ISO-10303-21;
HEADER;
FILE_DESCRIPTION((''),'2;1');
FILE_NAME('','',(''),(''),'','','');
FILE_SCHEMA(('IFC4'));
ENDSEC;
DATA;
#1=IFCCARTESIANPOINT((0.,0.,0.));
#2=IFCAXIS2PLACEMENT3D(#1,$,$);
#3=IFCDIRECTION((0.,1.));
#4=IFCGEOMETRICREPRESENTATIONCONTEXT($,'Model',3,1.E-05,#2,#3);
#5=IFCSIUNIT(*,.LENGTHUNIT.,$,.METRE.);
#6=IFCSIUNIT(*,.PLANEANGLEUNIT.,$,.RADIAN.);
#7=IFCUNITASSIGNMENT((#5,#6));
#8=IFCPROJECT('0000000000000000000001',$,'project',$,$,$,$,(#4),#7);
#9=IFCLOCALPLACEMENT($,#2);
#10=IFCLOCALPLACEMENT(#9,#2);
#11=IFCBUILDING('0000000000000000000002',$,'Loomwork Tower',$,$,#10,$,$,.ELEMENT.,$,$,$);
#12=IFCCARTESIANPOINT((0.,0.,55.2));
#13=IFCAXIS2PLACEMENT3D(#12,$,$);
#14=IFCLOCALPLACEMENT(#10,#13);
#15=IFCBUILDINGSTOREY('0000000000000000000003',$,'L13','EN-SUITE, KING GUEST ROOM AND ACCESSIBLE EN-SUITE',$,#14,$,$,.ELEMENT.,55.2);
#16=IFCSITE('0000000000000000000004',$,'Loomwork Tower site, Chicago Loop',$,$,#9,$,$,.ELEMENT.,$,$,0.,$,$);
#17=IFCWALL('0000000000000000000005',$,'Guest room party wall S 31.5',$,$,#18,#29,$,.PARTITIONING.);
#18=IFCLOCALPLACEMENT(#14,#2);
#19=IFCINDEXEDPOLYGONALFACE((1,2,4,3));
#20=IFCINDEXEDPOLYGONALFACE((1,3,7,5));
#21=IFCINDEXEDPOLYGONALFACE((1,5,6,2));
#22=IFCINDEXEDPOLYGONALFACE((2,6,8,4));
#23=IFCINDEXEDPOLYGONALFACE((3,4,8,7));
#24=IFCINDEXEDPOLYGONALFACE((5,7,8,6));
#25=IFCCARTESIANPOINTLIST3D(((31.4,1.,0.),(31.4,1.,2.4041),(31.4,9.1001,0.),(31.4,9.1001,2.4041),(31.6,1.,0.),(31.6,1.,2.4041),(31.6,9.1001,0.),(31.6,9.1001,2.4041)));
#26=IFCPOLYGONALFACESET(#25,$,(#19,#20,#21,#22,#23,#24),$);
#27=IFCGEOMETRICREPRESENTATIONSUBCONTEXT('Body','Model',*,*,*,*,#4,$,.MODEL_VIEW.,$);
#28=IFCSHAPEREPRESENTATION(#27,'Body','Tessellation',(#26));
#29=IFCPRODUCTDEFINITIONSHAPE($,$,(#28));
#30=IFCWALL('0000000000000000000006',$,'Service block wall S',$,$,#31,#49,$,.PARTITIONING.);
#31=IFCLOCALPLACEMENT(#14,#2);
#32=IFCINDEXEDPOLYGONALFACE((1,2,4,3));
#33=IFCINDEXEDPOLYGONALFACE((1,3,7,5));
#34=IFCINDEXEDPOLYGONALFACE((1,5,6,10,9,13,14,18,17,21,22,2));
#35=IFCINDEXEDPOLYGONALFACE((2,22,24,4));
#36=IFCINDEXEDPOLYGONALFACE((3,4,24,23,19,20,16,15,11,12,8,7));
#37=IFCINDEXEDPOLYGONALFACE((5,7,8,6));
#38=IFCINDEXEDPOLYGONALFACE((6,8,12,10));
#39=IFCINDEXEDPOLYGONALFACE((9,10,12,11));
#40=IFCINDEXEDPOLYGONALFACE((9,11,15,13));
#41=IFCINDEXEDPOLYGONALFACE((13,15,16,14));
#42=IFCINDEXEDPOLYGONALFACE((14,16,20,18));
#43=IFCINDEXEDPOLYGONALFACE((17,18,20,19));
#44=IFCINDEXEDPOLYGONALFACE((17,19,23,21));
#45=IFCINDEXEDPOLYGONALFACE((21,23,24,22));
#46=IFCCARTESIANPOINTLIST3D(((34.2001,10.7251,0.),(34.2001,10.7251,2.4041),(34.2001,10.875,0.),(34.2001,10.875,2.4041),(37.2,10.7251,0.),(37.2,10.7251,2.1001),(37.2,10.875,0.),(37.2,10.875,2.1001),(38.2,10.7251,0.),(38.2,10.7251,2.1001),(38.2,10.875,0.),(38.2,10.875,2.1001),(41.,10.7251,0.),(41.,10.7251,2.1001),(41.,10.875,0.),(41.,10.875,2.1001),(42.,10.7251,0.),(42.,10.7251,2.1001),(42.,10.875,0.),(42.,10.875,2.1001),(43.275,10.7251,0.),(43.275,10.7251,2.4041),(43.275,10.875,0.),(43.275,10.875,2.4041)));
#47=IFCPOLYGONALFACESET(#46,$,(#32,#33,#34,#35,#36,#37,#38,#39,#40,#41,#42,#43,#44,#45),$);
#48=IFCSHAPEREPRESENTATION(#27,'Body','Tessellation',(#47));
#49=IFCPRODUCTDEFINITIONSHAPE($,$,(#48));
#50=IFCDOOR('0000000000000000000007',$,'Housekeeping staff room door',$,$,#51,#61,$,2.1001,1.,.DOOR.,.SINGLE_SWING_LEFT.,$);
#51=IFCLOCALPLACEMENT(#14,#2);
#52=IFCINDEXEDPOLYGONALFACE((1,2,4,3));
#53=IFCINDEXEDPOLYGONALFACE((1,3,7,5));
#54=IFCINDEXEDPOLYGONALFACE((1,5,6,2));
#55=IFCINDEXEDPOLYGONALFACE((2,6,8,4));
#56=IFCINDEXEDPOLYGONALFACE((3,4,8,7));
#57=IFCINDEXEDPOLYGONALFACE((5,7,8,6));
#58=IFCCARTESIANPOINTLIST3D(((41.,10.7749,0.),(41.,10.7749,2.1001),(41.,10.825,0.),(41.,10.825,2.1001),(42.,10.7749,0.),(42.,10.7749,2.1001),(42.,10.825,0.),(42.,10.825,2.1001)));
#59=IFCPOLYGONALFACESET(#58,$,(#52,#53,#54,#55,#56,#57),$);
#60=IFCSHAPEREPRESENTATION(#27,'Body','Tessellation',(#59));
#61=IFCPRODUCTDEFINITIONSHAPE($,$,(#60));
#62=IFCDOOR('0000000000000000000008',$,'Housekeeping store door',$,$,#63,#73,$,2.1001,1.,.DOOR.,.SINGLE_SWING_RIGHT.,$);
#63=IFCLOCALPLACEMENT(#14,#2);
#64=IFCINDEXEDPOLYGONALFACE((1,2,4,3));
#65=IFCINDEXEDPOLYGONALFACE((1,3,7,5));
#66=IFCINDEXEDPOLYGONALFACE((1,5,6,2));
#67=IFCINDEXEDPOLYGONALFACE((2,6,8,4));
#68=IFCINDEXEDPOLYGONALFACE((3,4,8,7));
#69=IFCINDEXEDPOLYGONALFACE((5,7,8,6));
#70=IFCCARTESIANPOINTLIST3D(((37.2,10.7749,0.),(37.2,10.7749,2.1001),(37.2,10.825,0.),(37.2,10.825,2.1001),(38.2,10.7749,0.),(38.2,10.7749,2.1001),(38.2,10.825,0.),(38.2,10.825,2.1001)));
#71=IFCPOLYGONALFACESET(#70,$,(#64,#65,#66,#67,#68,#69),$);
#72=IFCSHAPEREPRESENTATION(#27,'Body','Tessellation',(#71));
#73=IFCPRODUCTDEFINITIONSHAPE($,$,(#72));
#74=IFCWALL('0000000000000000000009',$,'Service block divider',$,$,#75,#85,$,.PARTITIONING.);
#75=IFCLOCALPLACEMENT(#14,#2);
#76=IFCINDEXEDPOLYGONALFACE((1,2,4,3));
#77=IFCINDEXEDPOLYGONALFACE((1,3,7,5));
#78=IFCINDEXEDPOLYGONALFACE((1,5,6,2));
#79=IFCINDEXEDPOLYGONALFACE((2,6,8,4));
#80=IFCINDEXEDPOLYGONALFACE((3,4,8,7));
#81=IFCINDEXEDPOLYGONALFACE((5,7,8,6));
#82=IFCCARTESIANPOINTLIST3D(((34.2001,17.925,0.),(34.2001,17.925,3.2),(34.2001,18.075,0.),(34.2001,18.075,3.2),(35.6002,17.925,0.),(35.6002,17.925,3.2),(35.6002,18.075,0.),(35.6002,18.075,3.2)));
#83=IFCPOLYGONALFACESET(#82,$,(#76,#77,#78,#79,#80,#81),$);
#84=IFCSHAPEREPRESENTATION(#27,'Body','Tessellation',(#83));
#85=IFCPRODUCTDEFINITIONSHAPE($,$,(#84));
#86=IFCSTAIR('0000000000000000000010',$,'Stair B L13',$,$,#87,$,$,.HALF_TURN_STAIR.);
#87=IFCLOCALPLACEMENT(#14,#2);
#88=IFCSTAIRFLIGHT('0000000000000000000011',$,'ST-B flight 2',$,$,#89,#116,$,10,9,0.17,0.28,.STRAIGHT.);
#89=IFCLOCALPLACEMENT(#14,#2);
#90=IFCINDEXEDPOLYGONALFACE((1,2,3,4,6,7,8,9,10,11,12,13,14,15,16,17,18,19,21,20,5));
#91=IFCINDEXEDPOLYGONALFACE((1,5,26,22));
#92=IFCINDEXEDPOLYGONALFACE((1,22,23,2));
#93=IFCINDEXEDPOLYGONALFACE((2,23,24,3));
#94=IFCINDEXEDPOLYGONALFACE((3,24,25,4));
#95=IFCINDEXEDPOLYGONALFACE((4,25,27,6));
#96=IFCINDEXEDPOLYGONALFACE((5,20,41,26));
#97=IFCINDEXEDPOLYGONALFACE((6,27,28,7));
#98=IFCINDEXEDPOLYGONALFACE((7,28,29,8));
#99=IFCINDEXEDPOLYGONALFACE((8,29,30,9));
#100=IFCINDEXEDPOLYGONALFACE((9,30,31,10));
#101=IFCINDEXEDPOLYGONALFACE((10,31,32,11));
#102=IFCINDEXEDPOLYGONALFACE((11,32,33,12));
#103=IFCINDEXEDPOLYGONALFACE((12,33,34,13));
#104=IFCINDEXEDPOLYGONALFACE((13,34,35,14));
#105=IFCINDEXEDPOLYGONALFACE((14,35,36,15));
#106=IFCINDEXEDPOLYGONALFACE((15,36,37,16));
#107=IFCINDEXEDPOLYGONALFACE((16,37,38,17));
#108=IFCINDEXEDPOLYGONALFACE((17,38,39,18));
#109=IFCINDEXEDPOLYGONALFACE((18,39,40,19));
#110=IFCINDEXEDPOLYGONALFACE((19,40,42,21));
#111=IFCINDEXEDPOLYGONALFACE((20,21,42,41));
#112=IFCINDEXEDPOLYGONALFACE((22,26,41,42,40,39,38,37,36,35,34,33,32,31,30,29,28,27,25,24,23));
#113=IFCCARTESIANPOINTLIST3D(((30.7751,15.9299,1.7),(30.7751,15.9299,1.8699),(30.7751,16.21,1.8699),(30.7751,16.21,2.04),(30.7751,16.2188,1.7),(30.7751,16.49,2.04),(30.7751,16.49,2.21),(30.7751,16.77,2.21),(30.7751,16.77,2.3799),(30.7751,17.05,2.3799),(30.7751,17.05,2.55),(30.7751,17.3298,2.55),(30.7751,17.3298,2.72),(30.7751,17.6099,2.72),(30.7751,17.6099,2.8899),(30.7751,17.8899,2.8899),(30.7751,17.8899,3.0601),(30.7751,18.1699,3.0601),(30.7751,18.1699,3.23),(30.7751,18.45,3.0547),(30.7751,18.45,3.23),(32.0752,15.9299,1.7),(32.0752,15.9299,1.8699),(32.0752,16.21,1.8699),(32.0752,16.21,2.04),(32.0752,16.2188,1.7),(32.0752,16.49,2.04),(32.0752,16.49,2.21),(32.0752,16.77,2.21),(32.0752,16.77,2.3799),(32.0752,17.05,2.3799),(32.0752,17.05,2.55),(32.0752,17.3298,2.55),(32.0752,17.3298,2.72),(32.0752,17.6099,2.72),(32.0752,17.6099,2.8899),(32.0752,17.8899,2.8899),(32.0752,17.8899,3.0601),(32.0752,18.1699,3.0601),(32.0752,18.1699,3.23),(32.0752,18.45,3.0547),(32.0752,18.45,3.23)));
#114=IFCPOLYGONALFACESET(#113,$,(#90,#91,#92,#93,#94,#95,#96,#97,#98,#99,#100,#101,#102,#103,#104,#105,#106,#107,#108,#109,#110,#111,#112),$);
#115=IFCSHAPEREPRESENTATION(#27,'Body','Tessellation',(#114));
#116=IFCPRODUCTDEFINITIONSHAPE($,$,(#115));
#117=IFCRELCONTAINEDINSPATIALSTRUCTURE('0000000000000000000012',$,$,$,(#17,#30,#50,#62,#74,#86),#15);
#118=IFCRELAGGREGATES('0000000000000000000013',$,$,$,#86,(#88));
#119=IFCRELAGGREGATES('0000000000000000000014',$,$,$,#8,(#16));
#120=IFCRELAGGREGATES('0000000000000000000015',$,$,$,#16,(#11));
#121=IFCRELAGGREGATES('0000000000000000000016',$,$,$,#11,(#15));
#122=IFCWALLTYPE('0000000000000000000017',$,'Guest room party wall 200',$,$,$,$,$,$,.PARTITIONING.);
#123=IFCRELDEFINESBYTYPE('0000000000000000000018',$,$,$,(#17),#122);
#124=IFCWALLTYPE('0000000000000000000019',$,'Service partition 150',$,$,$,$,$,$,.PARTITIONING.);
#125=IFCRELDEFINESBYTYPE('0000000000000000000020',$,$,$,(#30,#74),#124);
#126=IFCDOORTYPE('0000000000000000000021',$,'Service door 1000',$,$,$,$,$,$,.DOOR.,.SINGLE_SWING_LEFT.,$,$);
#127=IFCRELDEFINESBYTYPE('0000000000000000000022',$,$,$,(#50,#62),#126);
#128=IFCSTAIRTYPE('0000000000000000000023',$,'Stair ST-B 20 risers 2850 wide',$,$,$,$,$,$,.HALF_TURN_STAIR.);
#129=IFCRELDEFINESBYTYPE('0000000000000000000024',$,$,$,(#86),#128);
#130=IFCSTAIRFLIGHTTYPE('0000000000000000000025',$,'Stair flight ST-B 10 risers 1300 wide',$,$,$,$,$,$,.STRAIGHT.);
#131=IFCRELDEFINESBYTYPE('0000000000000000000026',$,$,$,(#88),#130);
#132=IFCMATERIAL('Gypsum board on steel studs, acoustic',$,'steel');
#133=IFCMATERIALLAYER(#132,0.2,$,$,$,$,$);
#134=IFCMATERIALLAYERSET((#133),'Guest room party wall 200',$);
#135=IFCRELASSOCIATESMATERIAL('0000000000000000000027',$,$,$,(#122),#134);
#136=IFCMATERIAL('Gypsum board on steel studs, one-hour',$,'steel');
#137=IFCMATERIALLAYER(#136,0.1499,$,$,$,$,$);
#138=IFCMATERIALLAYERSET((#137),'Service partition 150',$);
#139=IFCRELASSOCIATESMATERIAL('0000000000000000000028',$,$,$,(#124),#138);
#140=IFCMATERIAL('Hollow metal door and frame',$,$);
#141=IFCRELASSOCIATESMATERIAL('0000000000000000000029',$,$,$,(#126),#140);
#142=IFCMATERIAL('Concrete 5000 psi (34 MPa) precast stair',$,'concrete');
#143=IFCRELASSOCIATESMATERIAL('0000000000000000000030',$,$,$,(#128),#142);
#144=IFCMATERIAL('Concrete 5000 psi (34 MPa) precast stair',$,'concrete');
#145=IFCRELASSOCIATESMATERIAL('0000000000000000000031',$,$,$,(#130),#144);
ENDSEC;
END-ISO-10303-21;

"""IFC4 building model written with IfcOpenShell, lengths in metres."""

from ifc_helpers import new_model, si_unit, direction, frame, frame_2d, origin, place, context, subcontext, project, spatial, polyline, rectangle, outline, extrude, material, layer, layer_set, type_object, element, fill, aggregate, save


model = new_model("IFC4")

# Units and contexts
model_context = context("Model", 3, precision=1e-05, world=origin(), true_north=direction((0.0, 1.0)))
body_context = subcontext(model_context, "Body", "Model", "MODEL_VIEW")
ifc_project = project(units=[si_unit("LENGTHUNIT", "METRE"), si_unit("PLANEANGLEUNIT", "RADIAN")], contexts=[model_context])

# Site, building, storey
site_placement = place(None, origin())
site = spatial("IfcSite", under=ifc_project, at=site_placement, Name="Loomwork Tower site, Chicago Loop", CompositionType="ELEMENT", RefElevation=0.0)
building_placement = place(site_placement, origin())
building = spatial("IfcBuilding", under=site, at=building_placement, Name="Loomwork Tower", CompositionType="ELEMENT")
storey_placement = place(building_placement, frame((0.0, 0.0, 55.2)))
storey = spatial("IfcBuildingStorey", under=building, at=storey_placement, Name="L13", Description="EN-SUITE, KING GUEST ROOM AND ACCESSIBLE EN-SUITE", CompositionType="ELEMENT", Elevation=55.2)

# Wall
ifc_material_1 = material(Name="Gypsum board on steel studs, acoustic", Category="steel")
ifc_layer_1 = layer(ifc_material_1, 0.2)
ifc_layer_set_1 = layer_set([ifc_layer_1], Name="Guest room party wall 200")
wall_type_1 = type_object("IfcWallType", Name="Guest room party wall 200", PredefinedType="PARTITIONING", material=ifc_layer_set_1)
wall_1_placement = place(storey_placement, frame((31.5, 9.1001, 0.0), z_axis=(0.0, 0.0, 1.0), x_axis=(0.0, -1.0, 0.0)))
element("IfcWall", 1, at=wall_1_placement, inside=storey, type_object=wall_type_1, Name="Guest room party wall S 31.5", PredefinedType="PARTITIONING", context=body_context, shape_type="SweptSolid", body=[
    extrude(rectangle(XDim=8.1001, YDim=0.2, at=frame_2d((4.05, 0.0))), origin(), (0.0, 0.0, 1.0), 2.4041),
])

# Wall, openings, doors
ifc_material_2 = material(Name="Gypsum board on steel studs, one-hour", Category="steel")
ifc_layer_2 = layer(ifc_material_2, 0.1499)
ifc_layer_set_2 = layer_set([ifc_layer_2], Name="Service partition 150")
wall_type_2 = type_object("IfcWallType", Name="Service partition 150", PredefinedType="PARTITIONING", material=ifc_layer_set_2)
wall_2_placement = place(storey_placement, frame((34.2, 10.8, 0.0), z_axis=(0.0, 0.0, 1.0), x_axis=(1.0, 0.0, 0.0)))
wall_2 = element("IfcWall", 2, at=wall_2_placement, inside=storey, type_object=wall_type_2, Name="Service block wall S", PredefinedType="PARTITIONING", context=body_context, shape_type="SweptSolid", body=[
    extrude(rectangle(XDim=9.075, YDim=0.1499, at=frame_2d((4.5376, 0.0))), origin(), (0.0, 0.0, 1.0), 2.4041),
])
opening_1_placement = place(wall_2_placement, frame((6.8, 0.0, 0.0)))
opening_1 = element("IfcOpeningElement", 3, at=opening_1_placement, cuts=wall_2, PredefinedType="OPENING", context=body_context, shape_type="SweptSolid", body=[
    extrude(rectangle(XDim=1.0, YDim=2.1001, at=frame_2d((0.5, 1.05))), frame((0.0, 0.085, 0.0), z_axis=(0.0, -1.0, 0.0), x_axis=(1.0, 0.0, 0.0)), (0.0, 0.0, 1.0), 0.1699),
])
opening_2_placement = place(wall_2_placement, frame((3.0, 0.0, 0.0)))
opening_2 = element("IfcOpeningElement", 4, at=opening_2_placement, cuts=wall_2, PredefinedType="OPENING", context=body_context, shape_type="SweptSolid", body=[
    extrude(rectangle(XDim=1.0, YDim=2.1001, at=frame_2d((0.5, 1.05))), frame((0.0, 0.085, 0.0), z_axis=(0.0, -1.0, 0.0), x_axis=(1.0, 0.0, 0.0)), (0.0, 0.0, 1.0), 0.1699),
])
ifc_material_3 = material(Name="Hollow metal door and frame")
door_type_1 = type_object("IfcDoorType", Name="Service door 1000", OperationType="SINGLE_SWING_LEFT", PredefinedType="DOOR", material=ifc_material_3)
door_1_placement = place(opening_1_placement, origin())
door_1 = element("IfcDoor", 5, at=door_1_placement, inside=storey, type_object=door_type_1, Name="Housekeeping staff room door", OperationType="SINGLE_SWING_LEFT", OverallHeight=2.1001, OverallWidth=1.0, PredefinedType="DOOR", context=body_context, shape_type="SweptSolid", body=[
    extrude(rectangle(XDim=1.0, YDim=2.1001, at=frame_2d((0.5, 1.05))), frame((0.0, 0.0249, 0.0), z_axis=(0.0, -1.0, 0.0), x_axis=(1.0, 0.0, 0.0)), (0.0, 0.0, 1.0), 0.05),
])
fill(opening_1, door_1)
door_2_placement = place(opening_2_placement, origin())
door_2 = element("IfcDoor", 6, at=door_2_placement, inside=storey, type_object=door_type_1, Name="Housekeeping store door", OperationType="SINGLE_SWING_RIGHT", OverallHeight=2.1001, OverallWidth=1.0, PredefinedType="DOOR", context=body_context, shape_type="SweptSolid", body=[
    extrude(rectangle(XDim=1.0, YDim=2.1001, at=frame_2d((0.5, 1.05))), frame((0.0, 0.0249, 0.0), z_axis=(0.0, -1.0, 0.0), x_axis=(1.0, 0.0, 0.0)), (0.0, 0.0, 1.0), 0.05),
])
fill(opening_2, door_2)

# Wall
wall_3_placement = place(storey_placement, frame((34.2, 18.0, 0.0), z_axis=(0.0, 0.0, 1.0), x_axis=(1.0, 0.0, 0.0)))
element("IfcWall", 7, at=wall_3_placement, inside=storey, type_object=wall_type_2, Name="Service block divider", PredefinedType="PARTITIONING", context=body_context, shape_type="SweptSolid", body=[
    extrude(rectangle(XDim=1.4001, YDim=0.1499, at=frame_2d((0.7002, 0.0))), origin(), (0.0, 0.0, 1.0), 3.2),
])

# Stair, stair flight
ifc_material_4 = material(Name="Concrete 5000 psi (34 MPa) precast stair", Category="concrete")
stair_type = type_object("IfcStairType", Name="Stair ST-B 20 risers 2850 wide", PredefinedType="HALF_TURN_STAIR", material=ifc_material_4)
stair_placement = place(storey_placement, origin())
stair = element("IfcStair", 8, at=stair_placement, inside=storey, type_object=stair_type, Name="Stair B L13", PredefinedType="HALF_TURN_STAIR")
ifc_material_5 = material(Name="Concrete 5000 psi (34 MPa) precast stair", Category="concrete")
stair_flight_type = type_object("IfcStairFlightType", Name="Stair flight ST-B 10 risers 1300 wide", PredefinedType="STRAIGHT", material=ifc_material_5)
stair_flight_placement = place(storey_placement, frame((31.425, 15.9299, 1.7), z_axis=(0.0, 0.0, 1.0), x_axis=(0.0, 1.0, 0.0)))
stair_flight = element("IfcStairFlight", 9, at=stair_flight_placement, type_object=stair_flight_type, Name="ST-B flight 2", NumberOfRisers=10, NumberOfTreads=9, PredefinedType="STRAIGHT", RiserHeight=0.17, TreadLength=0.28, context=body_context, shape_type="SweptSolid", body=[
    extrude(outline(polyline([(0.0, 0.0), (0.0, 0.1699), (0.28, 0.1699), (0.28, 0.3401), (0.5601, 0.3401), (0.5601, 0.51), (0.8401, 0.51), (0.8401, 0.6799), (1.1201, 0.6799), (1.1201, 0.8501), (1.3999, 0.8501), (1.3999, 1.02), (1.6799, 1.02), (1.6799, 1.1899), (1.96, 1.1899), (1.96, 1.3601), (2.24, 1.3601), (2.24, 1.53), (2.52, 1.53), (2.52, 1.7), (2.52, 1.3547), (0.2888, 0.0), (0.0, 0.0)])), frame((0.0, 0.6499, 0.0), z_axis=(0.0, -1.0, 0.0), x_axis=(1.0, 0.0, 0.0)), (0.0, 0.0, 1.0), 1.3),
])
aggregate(stair, [stair_flight])

save(model, "model.ifc")
